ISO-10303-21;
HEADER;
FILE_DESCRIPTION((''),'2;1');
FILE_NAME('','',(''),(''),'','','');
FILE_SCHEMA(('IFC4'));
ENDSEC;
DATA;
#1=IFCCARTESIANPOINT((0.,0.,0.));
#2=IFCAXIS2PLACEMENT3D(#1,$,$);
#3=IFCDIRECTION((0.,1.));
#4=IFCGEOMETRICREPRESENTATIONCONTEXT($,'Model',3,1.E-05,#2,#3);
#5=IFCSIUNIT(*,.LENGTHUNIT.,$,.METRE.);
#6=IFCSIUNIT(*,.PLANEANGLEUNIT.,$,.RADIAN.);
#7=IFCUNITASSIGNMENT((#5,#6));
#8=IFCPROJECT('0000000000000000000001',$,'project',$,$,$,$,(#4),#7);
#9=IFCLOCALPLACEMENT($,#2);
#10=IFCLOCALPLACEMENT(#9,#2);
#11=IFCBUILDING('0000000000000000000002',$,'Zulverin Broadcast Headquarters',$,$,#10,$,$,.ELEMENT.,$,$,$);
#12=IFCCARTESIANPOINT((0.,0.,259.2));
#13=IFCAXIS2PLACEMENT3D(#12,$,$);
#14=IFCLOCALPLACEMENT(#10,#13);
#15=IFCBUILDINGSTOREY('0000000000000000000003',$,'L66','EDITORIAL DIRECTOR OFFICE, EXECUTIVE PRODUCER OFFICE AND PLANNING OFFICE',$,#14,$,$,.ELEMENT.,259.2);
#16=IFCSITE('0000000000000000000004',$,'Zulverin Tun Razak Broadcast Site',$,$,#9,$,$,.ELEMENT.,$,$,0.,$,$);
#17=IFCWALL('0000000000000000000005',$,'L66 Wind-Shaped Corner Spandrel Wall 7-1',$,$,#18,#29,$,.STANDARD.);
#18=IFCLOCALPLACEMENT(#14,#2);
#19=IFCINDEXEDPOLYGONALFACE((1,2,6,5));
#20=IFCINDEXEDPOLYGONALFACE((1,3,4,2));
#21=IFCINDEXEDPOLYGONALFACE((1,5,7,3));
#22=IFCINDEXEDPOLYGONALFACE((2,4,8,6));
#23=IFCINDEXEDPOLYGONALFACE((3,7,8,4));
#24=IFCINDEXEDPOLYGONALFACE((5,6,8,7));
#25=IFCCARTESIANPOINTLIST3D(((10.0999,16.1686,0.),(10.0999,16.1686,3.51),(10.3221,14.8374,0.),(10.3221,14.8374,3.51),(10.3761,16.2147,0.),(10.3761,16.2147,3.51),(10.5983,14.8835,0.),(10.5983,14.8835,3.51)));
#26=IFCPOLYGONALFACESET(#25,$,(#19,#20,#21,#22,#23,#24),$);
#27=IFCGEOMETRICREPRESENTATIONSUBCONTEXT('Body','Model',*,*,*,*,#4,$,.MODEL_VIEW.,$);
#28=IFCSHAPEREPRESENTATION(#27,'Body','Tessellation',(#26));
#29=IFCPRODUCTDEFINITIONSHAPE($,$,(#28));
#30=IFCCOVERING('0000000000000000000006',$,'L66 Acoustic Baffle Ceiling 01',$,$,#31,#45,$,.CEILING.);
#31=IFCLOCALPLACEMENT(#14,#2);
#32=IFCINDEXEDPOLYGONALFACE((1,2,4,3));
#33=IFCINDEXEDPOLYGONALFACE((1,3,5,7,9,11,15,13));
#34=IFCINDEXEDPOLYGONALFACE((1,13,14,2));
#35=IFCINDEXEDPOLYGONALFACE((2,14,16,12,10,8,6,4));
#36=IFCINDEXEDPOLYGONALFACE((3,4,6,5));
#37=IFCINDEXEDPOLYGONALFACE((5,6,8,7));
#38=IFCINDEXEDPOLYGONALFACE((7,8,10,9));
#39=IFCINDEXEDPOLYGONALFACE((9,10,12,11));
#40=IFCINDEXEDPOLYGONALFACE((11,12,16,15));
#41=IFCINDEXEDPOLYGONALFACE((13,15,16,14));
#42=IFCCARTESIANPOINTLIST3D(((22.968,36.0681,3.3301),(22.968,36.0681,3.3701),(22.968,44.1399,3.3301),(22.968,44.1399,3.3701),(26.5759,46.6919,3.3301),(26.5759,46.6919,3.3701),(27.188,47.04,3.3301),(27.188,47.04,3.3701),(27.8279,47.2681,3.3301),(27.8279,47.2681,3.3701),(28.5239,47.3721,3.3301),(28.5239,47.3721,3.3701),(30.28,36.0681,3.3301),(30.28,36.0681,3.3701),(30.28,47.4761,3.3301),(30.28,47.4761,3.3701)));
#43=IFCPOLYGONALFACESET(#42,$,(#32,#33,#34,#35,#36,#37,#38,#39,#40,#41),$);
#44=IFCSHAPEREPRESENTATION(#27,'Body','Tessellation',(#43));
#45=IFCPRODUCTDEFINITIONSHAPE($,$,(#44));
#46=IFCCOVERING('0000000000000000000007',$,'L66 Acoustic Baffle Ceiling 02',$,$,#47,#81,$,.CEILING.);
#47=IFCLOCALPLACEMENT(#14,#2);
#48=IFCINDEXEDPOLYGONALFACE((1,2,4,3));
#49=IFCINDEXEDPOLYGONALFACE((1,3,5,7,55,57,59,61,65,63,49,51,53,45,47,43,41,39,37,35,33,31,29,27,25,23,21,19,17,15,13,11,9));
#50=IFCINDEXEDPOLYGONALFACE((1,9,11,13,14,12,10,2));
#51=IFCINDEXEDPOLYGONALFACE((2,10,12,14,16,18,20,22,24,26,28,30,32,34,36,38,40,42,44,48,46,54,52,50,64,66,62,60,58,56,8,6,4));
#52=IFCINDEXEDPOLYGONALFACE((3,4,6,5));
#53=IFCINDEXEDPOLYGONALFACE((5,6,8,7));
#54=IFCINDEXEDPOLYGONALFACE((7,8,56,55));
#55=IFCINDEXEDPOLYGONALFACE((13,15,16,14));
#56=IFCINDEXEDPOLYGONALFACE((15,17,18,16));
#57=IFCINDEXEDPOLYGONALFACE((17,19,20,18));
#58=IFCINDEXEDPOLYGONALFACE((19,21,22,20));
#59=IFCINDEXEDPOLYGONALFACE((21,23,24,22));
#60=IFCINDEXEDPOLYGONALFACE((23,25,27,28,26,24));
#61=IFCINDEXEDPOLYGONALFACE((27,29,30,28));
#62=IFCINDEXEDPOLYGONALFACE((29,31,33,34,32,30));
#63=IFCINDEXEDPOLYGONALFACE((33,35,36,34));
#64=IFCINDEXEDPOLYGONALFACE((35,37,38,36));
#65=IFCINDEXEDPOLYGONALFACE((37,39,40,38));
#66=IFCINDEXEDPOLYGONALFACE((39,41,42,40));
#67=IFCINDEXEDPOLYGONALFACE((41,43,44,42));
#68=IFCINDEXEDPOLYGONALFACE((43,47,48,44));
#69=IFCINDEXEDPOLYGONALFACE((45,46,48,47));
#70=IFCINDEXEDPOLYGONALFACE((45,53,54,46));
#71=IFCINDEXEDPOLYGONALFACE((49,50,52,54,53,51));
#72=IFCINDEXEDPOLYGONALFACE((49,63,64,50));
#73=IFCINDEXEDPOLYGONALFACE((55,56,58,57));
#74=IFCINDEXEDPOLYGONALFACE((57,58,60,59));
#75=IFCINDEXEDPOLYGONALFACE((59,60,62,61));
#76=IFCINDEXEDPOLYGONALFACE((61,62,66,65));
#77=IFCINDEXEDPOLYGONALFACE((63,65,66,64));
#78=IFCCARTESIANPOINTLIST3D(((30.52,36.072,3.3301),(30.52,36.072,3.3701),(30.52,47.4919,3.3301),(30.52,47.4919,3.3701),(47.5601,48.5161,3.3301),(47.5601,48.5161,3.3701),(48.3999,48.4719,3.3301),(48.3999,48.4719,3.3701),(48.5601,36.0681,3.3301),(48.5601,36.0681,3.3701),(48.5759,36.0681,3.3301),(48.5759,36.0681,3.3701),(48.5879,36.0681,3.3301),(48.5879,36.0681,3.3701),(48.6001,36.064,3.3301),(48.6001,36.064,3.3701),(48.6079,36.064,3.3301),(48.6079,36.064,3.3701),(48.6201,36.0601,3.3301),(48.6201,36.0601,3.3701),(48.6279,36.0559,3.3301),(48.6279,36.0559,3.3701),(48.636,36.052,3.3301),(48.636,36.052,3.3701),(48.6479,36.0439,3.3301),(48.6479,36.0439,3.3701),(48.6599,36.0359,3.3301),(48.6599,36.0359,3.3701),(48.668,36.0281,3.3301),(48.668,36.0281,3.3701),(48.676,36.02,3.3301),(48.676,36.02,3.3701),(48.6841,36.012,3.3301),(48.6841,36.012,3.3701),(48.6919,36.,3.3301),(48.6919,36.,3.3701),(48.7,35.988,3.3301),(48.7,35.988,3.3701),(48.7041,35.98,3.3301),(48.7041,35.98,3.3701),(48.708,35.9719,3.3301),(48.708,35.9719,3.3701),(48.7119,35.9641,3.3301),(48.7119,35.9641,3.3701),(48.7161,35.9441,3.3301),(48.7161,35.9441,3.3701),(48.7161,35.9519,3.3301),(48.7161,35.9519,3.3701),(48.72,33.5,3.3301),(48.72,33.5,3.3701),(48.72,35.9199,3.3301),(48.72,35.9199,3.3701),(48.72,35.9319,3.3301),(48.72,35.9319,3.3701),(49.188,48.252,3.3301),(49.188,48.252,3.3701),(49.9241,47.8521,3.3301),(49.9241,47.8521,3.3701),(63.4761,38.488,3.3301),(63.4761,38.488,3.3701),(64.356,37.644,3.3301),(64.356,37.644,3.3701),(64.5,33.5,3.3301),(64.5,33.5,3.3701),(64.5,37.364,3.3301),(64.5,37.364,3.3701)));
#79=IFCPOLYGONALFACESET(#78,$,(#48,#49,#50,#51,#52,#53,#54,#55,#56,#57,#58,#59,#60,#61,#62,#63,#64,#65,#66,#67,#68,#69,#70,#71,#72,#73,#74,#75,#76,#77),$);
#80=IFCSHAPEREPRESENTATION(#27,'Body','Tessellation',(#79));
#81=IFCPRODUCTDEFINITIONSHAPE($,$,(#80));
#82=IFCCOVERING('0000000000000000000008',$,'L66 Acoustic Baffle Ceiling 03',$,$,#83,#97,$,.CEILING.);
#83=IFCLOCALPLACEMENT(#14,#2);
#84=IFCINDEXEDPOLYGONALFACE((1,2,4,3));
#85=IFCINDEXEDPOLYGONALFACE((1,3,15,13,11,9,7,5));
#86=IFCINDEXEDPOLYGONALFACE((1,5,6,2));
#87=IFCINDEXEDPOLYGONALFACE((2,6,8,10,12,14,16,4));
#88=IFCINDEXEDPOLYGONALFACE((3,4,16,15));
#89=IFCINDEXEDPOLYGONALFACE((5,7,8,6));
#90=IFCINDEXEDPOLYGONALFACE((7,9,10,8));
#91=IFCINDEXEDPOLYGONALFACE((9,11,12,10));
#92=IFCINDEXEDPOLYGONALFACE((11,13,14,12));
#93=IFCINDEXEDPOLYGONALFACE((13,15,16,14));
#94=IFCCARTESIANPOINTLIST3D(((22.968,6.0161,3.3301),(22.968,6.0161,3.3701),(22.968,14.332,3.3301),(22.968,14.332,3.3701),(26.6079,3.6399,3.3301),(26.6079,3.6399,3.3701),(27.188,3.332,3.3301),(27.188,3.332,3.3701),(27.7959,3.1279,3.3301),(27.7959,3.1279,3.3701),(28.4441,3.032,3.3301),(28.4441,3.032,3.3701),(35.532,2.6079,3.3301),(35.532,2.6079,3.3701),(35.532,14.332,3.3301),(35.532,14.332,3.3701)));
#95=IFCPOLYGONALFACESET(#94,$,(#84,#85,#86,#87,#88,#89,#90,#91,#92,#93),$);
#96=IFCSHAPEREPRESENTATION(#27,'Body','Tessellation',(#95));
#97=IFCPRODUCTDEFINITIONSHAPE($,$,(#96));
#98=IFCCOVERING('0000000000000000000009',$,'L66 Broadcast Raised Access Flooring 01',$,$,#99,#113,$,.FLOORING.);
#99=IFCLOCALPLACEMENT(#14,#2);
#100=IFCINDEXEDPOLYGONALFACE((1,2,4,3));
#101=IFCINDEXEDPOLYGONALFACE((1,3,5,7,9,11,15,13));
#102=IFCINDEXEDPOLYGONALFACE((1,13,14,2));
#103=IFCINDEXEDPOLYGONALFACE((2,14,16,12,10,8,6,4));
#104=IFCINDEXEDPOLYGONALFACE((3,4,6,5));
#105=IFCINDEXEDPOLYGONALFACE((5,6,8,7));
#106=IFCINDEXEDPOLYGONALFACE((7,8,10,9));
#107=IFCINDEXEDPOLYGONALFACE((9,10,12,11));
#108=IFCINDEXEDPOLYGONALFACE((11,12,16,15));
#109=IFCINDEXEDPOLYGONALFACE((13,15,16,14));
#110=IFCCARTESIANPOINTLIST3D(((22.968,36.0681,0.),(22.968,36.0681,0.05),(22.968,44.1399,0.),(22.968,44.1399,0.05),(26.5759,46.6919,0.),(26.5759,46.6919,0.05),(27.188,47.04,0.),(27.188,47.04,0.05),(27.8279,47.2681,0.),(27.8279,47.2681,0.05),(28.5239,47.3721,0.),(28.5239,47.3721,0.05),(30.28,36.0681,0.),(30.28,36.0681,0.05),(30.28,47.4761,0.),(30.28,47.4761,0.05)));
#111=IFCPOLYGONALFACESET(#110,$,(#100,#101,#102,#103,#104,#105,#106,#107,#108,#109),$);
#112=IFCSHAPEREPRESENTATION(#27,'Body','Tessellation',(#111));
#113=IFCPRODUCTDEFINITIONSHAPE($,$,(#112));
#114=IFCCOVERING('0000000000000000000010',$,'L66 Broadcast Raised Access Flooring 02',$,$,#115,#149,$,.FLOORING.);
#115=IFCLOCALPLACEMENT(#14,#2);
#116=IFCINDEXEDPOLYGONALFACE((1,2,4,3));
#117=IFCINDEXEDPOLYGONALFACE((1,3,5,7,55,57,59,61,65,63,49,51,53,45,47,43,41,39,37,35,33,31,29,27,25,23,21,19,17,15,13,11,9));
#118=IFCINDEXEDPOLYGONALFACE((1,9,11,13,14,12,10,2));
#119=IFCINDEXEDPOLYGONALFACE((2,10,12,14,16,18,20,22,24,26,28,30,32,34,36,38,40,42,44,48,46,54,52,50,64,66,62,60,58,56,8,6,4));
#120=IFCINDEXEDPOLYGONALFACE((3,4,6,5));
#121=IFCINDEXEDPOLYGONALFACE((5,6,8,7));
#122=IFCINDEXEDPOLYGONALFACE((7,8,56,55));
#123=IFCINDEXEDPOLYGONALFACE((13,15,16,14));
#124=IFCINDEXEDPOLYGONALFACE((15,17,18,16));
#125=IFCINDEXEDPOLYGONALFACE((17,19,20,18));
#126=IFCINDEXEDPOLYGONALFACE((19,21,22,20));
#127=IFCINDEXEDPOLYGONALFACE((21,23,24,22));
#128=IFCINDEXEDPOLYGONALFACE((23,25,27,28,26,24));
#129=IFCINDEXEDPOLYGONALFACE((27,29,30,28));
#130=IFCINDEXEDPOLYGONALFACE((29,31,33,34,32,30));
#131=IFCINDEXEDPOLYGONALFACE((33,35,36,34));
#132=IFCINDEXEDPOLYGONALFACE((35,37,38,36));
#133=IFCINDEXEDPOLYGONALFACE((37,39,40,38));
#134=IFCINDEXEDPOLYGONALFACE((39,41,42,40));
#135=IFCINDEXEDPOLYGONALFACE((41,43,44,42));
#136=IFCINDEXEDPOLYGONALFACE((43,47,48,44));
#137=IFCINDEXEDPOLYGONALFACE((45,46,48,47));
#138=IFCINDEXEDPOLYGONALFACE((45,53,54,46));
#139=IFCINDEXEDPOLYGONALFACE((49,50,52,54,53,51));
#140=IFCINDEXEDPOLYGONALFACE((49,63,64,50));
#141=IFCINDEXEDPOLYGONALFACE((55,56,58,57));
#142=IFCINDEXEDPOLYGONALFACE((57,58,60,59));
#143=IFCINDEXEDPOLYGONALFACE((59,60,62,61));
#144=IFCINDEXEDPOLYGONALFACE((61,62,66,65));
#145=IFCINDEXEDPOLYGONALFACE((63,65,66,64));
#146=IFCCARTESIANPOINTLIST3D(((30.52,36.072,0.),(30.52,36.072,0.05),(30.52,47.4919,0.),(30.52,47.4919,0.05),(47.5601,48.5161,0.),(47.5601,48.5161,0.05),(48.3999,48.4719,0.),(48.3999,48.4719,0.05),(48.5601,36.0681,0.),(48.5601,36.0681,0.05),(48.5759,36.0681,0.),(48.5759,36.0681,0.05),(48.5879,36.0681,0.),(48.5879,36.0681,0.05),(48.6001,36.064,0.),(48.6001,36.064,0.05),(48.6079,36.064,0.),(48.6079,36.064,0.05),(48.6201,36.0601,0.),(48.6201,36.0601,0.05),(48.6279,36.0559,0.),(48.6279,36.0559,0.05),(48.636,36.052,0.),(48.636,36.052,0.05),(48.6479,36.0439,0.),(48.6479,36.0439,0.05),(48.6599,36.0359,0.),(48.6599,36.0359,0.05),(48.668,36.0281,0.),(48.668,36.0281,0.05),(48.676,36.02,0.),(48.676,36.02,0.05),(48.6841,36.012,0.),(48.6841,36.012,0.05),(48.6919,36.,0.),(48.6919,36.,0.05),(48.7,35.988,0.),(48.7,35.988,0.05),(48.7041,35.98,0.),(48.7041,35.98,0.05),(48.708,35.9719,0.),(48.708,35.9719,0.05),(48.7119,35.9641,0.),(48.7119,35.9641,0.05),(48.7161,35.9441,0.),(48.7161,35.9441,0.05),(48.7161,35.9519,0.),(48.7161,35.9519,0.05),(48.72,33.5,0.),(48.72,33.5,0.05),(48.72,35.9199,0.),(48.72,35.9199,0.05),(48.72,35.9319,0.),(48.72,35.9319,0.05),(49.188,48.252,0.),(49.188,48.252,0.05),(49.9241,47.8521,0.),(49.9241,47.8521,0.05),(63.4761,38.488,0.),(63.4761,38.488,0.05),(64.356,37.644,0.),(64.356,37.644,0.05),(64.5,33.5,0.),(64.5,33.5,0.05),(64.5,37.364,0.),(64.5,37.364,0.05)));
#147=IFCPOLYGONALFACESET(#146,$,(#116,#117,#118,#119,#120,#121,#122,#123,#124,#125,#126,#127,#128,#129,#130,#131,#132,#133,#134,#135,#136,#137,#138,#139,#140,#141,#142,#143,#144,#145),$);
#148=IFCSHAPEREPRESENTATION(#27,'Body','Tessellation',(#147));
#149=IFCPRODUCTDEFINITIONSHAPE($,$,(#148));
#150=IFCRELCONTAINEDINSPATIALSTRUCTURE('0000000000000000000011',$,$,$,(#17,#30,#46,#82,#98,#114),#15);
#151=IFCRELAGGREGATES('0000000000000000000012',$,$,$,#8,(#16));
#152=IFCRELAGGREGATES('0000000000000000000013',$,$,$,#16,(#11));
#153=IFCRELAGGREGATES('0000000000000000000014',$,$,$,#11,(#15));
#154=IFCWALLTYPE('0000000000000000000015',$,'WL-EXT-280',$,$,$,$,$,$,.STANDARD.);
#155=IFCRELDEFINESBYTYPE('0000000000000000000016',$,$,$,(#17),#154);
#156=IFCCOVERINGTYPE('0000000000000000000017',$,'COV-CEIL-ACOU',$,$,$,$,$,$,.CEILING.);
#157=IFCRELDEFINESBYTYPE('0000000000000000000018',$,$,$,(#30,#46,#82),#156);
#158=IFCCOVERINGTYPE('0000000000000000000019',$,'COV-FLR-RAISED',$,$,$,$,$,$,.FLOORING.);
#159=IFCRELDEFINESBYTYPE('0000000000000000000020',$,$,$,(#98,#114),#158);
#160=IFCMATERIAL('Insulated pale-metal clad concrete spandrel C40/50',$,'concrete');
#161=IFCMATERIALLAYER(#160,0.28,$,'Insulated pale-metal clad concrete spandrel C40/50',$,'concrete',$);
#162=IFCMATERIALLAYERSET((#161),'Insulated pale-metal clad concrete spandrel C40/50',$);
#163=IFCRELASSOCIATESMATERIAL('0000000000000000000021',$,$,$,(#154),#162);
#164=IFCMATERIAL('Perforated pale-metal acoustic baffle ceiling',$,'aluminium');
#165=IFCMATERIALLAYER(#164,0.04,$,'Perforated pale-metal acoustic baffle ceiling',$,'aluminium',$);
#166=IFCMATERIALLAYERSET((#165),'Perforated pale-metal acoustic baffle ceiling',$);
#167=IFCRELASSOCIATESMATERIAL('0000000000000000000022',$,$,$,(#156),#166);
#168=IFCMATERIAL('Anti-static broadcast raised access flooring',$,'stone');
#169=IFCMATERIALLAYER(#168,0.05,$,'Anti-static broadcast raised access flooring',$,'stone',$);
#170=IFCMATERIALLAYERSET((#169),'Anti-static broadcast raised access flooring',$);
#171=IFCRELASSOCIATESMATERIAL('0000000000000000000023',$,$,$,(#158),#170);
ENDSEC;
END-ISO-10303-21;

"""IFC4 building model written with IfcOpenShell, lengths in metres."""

from ifc_helpers import new_model, si_unit, direction, frame, frame_2d, origin, place, context, subcontext, project, spatial, polyline, rectangle, outline, extrude, material, layer, layer_set, type_object, element, save


model = new_model("IFC4")

# Units and contexts
model_context = context("Model", 3, precision=1e-05, world=origin(), true_north=direction((0.0, 1.0)))
body_context = subcontext(model_context, "Body", "Model", "MODEL_VIEW")
ifc_project = project(units=[si_unit("LENGTHUNIT", "METRE"), si_unit("PLANEANGLEUNIT", "RADIAN")], contexts=[model_context])

# Site, building, storey
site_placement = place(None, origin())
site = spatial("IfcSite", under=ifc_project, at=site_placement, Name="Zulverin Tun Razak Broadcast Site", CompositionType="ELEMENT", RefElevation=0.0)
building_placement = place(site_placement, origin())
building = spatial("IfcBuilding", under=site, at=building_placement, Name="Zulverin Broadcast Headquarters", CompositionType="ELEMENT")
storey_placement = place(building_placement, frame((0.0, 0.0, 259.2)))
storey = spatial("IfcBuildingStorey", under=building, at=storey_placement, Name="L66", Description="EDITORIAL DIRECTOR OFFICE, EXECUTIVE PRODUCER OFFICE AND PLANNING OFFICE", CompositionType="ELEMENT", Elevation=259.2)

# Wall
ifc_material_1 = material(Name="Insulated pale-metal clad concrete spandrel C40/50", Category="concrete")
ifc_layer_1 = layer(ifc_material_1, 0.28, Name="Insulated pale-metal clad concrete spandrel C40/50", Category="concrete")
ifc_layer_set_1 = layer_set([ifc_layer_1], Name="Insulated pale-metal clad concrete spandrel C40/50")
wall_type_1 = type_object("IfcWallType", Name="WL-EXT-280", PredefinedType="STANDARD", material=ifc_layer_set_1)
wall_1_placement = place(storey_placement, frame((10.238, 16.1917, 0.0), z_axis=(0.0, 0.0, 1.0), x_axis=(0.164604, -0.98636, 0.0)))
element("IfcWall", 1, at=wall_1_placement, inside=storey, type_object=wall_type_1, Name="L66 Wind-Shaped Corner Spandrel Wall 7-1", PredefinedType="STANDARD", context=body_context, shape_type="SweptSolid", body=[
    extrude(rectangle(XDim=1.3496, YDim=0.28, at=frame_2d((0.6748, 0.0))), origin(), (0.0, 0.0, 1.0), 3.51),
])

# Coverings
ifc_material_2 = material(Name="Perforated pale-metal acoustic baffle ceiling", Category="aluminium")
ifc_layer_2 = layer(ifc_material_2, 0.04, Name="Perforated pale-metal acoustic baffle ceiling", Category="aluminium")
ifc_layer_set_2 = layer_set([ifc_layer_2], Name="Perforated pale-metal acoustic baffle ceiling")
covering_type_1 = type_object("IfcCoveringType", Name="COV-CEIL-ACOU", PredefinedType="CEILING", material=ifc_layer_set_2)
covering_1_placement = place(storey_placement, frame((0.0, 0.0, 3.3301)))
element("IfcCovering", 2, at=covering_1_placement, inside=storey, type_object=covering_type_1, Name="L66 Acoustic Baffle Ceiling 01", PredefinedType="CEILING", context=body_context, shape_type="SweptSolid", body=[
    extrude(outline(polyline([(30.28, 36.0681), (30.28, 47.4761), (28.5239, 47.3721), (27.8279, 47.2681), (27.188, 47.04), (26.5759, 46.6919), (22.968, 44.1399), (22.968, 36.0681), (30.28, 36.0681)])), origin(), (0.0, 0.0, 1.0), 0.04),
])
covering_2_placement = place(storey_placement, frame((0.0, 0.0, 3.3301)))
element("IfcCovering", 3, at=covering_2_placement, inside=storey, type_object=covering_type_1, Name="L66 Acoustic Baffle Ceiling 02", PredefinedType="CEILING", context=body_context, shape_type="SweptSolid", body=[
    extrude(outline(polyline([(49.188, 48.252), (48.3999, 48.4719), (47.5601, 48.5161), (30.52, 47.4919), (30.52, 36.072), (48.5601, 36.0681), (48.5759, 36.0681), (48.5879, 36.0681), (48.6001, 36.064), (48.6079, 36.064), (48.6201, 36.0601), (48.6279, 36.0559), (48.636, 36.052), (48.6479, 36.0439), (48.6599, 36.0359), (48.668, 36.0281), (48.676, 36.02), (48.6841, 36.012), (48.6919, 36.0), (48.7, 35.988), (48.7041, 35.98), (48.708, 35.9719), (48.7119, 35.9641), (48.7161, 35.9519), (48.7161, 35.9441), (48.72, 35.9319), (48.72, 35.9199), (48.72, 33.5), (64.5, 33.5), (64.5, 37.364), (64.356, 37.644), (63.4761, 38.488), (49.9241, 47.8521), (49.188, 48.252)])), origin(), (0.0, 0.0, 1.0), 0.04),
])
covering_3_placement = place(storey_placement, frame((0.0, 0.0, 3.3301)))
element("IfcCovering", 4, at=covering_3_placement, inside=storey, type_object=covering_type_1, Name="L66 Acoustic Baffle Ceiling 03", PredefinedType="CEILING", context=body_context, shape_type="SweptSolid", body=[
    extrude(outline(polyline([(27.188, 3.332), (27.7959, 3.1279), (28.4441, 3.032), (35.532, 2.6079), (35.532, 14.332), (22.968, 14.332), (22.968, 6.0161), (26.6079, 3.6399), (27.188, 3.332)])), origin(), (0.0, 0.0, 1.0), 0.04),
])
ifc_material_3 = material(Name="Anti-static broadcast raised access flooring", Category="stone")
ifc_layer_3 = layer(ifc_material_3, 0.05, Name="Anti-static broadcast raised access flooring", Category="stone")
ifc_layer_set_3 = layer_set([ifc_layer_3], Name="Anti-static broadcast raised access flooring")
covering_type_2 = type_object("IfcCoveringType", Name="COV-FLR-RAISED", PredefinedType="FLOORING", material=ifc_layer_set_3)
covering_4_placement = place(storey_placement, origin())
element("IfcCovering", 5, at=covering_4_placement, inside=storey, type_object=covering_type_2, Name="L66 Broadcast Raised Access Flooring 01", PredefinedType="FLOORING", context=body_context, shape_type="SweptSolid", body=[
    extrude(outline(polyline([(30.28, 36.0681), (30.28, 47.4761), (28.5239, 47.3721), (27.8279, 47.2681), (27.188, 47.04), (26.5759, 46.6919), (22.968, 44.1399), (22.968, 36.0681), (30.28, 36.0681)])), origin(), (0.0, 0.0, 1.0), 0.05),
])
covering_5_placement = place(storey_placement, origin())
element("IfcCovering", 6, at=covering_5_placement, inside=storey, type_object=covering_type_2, Name="L66 Broadcast Raised Access Flooring 02", PredefinedType="FLOORING", context=body_context, shape_type="SweptSolid", body=[
    extrude(outline(polyline([(49.188, 48.252), (48.3999, 48.4719), (47.5601, 48.5161), (30.52, 47.4919), (30.52, 36.072), (48.5601, 36.0681), (48.5759, 36.0681), (48.5879, 36.0681), (48.6001, 36.064), (48.6079, 36.064), (48.6201, 36.0601), (48.6279, 36.0559), (48.636, 36.052), (48.6479, 36.0439), (48.6599, 36.0359), (48.668, 36.0281), (48.676, 36.02), (48.6841, 36.012), (48.6919, 36.0), (48.7, 35.988), (48.7041, 35.98), (48.708, 35.9719), (48.7119, 35.9641), (48.7161, 35.9519), (48.7161, 35.9441), (48.72, 35.9319), (48.72, 35.9199), (48.72, 33.5), (64.5, 33.5), (64.5, 37.364), (64.356, 37.644), (63.4761, 38.488), (49.9241, 47.8521), (49.188, 48.252)])), origin(), (0.0, 0.0, 1.0), 0.05),
])

save(model, "model.ifc")
